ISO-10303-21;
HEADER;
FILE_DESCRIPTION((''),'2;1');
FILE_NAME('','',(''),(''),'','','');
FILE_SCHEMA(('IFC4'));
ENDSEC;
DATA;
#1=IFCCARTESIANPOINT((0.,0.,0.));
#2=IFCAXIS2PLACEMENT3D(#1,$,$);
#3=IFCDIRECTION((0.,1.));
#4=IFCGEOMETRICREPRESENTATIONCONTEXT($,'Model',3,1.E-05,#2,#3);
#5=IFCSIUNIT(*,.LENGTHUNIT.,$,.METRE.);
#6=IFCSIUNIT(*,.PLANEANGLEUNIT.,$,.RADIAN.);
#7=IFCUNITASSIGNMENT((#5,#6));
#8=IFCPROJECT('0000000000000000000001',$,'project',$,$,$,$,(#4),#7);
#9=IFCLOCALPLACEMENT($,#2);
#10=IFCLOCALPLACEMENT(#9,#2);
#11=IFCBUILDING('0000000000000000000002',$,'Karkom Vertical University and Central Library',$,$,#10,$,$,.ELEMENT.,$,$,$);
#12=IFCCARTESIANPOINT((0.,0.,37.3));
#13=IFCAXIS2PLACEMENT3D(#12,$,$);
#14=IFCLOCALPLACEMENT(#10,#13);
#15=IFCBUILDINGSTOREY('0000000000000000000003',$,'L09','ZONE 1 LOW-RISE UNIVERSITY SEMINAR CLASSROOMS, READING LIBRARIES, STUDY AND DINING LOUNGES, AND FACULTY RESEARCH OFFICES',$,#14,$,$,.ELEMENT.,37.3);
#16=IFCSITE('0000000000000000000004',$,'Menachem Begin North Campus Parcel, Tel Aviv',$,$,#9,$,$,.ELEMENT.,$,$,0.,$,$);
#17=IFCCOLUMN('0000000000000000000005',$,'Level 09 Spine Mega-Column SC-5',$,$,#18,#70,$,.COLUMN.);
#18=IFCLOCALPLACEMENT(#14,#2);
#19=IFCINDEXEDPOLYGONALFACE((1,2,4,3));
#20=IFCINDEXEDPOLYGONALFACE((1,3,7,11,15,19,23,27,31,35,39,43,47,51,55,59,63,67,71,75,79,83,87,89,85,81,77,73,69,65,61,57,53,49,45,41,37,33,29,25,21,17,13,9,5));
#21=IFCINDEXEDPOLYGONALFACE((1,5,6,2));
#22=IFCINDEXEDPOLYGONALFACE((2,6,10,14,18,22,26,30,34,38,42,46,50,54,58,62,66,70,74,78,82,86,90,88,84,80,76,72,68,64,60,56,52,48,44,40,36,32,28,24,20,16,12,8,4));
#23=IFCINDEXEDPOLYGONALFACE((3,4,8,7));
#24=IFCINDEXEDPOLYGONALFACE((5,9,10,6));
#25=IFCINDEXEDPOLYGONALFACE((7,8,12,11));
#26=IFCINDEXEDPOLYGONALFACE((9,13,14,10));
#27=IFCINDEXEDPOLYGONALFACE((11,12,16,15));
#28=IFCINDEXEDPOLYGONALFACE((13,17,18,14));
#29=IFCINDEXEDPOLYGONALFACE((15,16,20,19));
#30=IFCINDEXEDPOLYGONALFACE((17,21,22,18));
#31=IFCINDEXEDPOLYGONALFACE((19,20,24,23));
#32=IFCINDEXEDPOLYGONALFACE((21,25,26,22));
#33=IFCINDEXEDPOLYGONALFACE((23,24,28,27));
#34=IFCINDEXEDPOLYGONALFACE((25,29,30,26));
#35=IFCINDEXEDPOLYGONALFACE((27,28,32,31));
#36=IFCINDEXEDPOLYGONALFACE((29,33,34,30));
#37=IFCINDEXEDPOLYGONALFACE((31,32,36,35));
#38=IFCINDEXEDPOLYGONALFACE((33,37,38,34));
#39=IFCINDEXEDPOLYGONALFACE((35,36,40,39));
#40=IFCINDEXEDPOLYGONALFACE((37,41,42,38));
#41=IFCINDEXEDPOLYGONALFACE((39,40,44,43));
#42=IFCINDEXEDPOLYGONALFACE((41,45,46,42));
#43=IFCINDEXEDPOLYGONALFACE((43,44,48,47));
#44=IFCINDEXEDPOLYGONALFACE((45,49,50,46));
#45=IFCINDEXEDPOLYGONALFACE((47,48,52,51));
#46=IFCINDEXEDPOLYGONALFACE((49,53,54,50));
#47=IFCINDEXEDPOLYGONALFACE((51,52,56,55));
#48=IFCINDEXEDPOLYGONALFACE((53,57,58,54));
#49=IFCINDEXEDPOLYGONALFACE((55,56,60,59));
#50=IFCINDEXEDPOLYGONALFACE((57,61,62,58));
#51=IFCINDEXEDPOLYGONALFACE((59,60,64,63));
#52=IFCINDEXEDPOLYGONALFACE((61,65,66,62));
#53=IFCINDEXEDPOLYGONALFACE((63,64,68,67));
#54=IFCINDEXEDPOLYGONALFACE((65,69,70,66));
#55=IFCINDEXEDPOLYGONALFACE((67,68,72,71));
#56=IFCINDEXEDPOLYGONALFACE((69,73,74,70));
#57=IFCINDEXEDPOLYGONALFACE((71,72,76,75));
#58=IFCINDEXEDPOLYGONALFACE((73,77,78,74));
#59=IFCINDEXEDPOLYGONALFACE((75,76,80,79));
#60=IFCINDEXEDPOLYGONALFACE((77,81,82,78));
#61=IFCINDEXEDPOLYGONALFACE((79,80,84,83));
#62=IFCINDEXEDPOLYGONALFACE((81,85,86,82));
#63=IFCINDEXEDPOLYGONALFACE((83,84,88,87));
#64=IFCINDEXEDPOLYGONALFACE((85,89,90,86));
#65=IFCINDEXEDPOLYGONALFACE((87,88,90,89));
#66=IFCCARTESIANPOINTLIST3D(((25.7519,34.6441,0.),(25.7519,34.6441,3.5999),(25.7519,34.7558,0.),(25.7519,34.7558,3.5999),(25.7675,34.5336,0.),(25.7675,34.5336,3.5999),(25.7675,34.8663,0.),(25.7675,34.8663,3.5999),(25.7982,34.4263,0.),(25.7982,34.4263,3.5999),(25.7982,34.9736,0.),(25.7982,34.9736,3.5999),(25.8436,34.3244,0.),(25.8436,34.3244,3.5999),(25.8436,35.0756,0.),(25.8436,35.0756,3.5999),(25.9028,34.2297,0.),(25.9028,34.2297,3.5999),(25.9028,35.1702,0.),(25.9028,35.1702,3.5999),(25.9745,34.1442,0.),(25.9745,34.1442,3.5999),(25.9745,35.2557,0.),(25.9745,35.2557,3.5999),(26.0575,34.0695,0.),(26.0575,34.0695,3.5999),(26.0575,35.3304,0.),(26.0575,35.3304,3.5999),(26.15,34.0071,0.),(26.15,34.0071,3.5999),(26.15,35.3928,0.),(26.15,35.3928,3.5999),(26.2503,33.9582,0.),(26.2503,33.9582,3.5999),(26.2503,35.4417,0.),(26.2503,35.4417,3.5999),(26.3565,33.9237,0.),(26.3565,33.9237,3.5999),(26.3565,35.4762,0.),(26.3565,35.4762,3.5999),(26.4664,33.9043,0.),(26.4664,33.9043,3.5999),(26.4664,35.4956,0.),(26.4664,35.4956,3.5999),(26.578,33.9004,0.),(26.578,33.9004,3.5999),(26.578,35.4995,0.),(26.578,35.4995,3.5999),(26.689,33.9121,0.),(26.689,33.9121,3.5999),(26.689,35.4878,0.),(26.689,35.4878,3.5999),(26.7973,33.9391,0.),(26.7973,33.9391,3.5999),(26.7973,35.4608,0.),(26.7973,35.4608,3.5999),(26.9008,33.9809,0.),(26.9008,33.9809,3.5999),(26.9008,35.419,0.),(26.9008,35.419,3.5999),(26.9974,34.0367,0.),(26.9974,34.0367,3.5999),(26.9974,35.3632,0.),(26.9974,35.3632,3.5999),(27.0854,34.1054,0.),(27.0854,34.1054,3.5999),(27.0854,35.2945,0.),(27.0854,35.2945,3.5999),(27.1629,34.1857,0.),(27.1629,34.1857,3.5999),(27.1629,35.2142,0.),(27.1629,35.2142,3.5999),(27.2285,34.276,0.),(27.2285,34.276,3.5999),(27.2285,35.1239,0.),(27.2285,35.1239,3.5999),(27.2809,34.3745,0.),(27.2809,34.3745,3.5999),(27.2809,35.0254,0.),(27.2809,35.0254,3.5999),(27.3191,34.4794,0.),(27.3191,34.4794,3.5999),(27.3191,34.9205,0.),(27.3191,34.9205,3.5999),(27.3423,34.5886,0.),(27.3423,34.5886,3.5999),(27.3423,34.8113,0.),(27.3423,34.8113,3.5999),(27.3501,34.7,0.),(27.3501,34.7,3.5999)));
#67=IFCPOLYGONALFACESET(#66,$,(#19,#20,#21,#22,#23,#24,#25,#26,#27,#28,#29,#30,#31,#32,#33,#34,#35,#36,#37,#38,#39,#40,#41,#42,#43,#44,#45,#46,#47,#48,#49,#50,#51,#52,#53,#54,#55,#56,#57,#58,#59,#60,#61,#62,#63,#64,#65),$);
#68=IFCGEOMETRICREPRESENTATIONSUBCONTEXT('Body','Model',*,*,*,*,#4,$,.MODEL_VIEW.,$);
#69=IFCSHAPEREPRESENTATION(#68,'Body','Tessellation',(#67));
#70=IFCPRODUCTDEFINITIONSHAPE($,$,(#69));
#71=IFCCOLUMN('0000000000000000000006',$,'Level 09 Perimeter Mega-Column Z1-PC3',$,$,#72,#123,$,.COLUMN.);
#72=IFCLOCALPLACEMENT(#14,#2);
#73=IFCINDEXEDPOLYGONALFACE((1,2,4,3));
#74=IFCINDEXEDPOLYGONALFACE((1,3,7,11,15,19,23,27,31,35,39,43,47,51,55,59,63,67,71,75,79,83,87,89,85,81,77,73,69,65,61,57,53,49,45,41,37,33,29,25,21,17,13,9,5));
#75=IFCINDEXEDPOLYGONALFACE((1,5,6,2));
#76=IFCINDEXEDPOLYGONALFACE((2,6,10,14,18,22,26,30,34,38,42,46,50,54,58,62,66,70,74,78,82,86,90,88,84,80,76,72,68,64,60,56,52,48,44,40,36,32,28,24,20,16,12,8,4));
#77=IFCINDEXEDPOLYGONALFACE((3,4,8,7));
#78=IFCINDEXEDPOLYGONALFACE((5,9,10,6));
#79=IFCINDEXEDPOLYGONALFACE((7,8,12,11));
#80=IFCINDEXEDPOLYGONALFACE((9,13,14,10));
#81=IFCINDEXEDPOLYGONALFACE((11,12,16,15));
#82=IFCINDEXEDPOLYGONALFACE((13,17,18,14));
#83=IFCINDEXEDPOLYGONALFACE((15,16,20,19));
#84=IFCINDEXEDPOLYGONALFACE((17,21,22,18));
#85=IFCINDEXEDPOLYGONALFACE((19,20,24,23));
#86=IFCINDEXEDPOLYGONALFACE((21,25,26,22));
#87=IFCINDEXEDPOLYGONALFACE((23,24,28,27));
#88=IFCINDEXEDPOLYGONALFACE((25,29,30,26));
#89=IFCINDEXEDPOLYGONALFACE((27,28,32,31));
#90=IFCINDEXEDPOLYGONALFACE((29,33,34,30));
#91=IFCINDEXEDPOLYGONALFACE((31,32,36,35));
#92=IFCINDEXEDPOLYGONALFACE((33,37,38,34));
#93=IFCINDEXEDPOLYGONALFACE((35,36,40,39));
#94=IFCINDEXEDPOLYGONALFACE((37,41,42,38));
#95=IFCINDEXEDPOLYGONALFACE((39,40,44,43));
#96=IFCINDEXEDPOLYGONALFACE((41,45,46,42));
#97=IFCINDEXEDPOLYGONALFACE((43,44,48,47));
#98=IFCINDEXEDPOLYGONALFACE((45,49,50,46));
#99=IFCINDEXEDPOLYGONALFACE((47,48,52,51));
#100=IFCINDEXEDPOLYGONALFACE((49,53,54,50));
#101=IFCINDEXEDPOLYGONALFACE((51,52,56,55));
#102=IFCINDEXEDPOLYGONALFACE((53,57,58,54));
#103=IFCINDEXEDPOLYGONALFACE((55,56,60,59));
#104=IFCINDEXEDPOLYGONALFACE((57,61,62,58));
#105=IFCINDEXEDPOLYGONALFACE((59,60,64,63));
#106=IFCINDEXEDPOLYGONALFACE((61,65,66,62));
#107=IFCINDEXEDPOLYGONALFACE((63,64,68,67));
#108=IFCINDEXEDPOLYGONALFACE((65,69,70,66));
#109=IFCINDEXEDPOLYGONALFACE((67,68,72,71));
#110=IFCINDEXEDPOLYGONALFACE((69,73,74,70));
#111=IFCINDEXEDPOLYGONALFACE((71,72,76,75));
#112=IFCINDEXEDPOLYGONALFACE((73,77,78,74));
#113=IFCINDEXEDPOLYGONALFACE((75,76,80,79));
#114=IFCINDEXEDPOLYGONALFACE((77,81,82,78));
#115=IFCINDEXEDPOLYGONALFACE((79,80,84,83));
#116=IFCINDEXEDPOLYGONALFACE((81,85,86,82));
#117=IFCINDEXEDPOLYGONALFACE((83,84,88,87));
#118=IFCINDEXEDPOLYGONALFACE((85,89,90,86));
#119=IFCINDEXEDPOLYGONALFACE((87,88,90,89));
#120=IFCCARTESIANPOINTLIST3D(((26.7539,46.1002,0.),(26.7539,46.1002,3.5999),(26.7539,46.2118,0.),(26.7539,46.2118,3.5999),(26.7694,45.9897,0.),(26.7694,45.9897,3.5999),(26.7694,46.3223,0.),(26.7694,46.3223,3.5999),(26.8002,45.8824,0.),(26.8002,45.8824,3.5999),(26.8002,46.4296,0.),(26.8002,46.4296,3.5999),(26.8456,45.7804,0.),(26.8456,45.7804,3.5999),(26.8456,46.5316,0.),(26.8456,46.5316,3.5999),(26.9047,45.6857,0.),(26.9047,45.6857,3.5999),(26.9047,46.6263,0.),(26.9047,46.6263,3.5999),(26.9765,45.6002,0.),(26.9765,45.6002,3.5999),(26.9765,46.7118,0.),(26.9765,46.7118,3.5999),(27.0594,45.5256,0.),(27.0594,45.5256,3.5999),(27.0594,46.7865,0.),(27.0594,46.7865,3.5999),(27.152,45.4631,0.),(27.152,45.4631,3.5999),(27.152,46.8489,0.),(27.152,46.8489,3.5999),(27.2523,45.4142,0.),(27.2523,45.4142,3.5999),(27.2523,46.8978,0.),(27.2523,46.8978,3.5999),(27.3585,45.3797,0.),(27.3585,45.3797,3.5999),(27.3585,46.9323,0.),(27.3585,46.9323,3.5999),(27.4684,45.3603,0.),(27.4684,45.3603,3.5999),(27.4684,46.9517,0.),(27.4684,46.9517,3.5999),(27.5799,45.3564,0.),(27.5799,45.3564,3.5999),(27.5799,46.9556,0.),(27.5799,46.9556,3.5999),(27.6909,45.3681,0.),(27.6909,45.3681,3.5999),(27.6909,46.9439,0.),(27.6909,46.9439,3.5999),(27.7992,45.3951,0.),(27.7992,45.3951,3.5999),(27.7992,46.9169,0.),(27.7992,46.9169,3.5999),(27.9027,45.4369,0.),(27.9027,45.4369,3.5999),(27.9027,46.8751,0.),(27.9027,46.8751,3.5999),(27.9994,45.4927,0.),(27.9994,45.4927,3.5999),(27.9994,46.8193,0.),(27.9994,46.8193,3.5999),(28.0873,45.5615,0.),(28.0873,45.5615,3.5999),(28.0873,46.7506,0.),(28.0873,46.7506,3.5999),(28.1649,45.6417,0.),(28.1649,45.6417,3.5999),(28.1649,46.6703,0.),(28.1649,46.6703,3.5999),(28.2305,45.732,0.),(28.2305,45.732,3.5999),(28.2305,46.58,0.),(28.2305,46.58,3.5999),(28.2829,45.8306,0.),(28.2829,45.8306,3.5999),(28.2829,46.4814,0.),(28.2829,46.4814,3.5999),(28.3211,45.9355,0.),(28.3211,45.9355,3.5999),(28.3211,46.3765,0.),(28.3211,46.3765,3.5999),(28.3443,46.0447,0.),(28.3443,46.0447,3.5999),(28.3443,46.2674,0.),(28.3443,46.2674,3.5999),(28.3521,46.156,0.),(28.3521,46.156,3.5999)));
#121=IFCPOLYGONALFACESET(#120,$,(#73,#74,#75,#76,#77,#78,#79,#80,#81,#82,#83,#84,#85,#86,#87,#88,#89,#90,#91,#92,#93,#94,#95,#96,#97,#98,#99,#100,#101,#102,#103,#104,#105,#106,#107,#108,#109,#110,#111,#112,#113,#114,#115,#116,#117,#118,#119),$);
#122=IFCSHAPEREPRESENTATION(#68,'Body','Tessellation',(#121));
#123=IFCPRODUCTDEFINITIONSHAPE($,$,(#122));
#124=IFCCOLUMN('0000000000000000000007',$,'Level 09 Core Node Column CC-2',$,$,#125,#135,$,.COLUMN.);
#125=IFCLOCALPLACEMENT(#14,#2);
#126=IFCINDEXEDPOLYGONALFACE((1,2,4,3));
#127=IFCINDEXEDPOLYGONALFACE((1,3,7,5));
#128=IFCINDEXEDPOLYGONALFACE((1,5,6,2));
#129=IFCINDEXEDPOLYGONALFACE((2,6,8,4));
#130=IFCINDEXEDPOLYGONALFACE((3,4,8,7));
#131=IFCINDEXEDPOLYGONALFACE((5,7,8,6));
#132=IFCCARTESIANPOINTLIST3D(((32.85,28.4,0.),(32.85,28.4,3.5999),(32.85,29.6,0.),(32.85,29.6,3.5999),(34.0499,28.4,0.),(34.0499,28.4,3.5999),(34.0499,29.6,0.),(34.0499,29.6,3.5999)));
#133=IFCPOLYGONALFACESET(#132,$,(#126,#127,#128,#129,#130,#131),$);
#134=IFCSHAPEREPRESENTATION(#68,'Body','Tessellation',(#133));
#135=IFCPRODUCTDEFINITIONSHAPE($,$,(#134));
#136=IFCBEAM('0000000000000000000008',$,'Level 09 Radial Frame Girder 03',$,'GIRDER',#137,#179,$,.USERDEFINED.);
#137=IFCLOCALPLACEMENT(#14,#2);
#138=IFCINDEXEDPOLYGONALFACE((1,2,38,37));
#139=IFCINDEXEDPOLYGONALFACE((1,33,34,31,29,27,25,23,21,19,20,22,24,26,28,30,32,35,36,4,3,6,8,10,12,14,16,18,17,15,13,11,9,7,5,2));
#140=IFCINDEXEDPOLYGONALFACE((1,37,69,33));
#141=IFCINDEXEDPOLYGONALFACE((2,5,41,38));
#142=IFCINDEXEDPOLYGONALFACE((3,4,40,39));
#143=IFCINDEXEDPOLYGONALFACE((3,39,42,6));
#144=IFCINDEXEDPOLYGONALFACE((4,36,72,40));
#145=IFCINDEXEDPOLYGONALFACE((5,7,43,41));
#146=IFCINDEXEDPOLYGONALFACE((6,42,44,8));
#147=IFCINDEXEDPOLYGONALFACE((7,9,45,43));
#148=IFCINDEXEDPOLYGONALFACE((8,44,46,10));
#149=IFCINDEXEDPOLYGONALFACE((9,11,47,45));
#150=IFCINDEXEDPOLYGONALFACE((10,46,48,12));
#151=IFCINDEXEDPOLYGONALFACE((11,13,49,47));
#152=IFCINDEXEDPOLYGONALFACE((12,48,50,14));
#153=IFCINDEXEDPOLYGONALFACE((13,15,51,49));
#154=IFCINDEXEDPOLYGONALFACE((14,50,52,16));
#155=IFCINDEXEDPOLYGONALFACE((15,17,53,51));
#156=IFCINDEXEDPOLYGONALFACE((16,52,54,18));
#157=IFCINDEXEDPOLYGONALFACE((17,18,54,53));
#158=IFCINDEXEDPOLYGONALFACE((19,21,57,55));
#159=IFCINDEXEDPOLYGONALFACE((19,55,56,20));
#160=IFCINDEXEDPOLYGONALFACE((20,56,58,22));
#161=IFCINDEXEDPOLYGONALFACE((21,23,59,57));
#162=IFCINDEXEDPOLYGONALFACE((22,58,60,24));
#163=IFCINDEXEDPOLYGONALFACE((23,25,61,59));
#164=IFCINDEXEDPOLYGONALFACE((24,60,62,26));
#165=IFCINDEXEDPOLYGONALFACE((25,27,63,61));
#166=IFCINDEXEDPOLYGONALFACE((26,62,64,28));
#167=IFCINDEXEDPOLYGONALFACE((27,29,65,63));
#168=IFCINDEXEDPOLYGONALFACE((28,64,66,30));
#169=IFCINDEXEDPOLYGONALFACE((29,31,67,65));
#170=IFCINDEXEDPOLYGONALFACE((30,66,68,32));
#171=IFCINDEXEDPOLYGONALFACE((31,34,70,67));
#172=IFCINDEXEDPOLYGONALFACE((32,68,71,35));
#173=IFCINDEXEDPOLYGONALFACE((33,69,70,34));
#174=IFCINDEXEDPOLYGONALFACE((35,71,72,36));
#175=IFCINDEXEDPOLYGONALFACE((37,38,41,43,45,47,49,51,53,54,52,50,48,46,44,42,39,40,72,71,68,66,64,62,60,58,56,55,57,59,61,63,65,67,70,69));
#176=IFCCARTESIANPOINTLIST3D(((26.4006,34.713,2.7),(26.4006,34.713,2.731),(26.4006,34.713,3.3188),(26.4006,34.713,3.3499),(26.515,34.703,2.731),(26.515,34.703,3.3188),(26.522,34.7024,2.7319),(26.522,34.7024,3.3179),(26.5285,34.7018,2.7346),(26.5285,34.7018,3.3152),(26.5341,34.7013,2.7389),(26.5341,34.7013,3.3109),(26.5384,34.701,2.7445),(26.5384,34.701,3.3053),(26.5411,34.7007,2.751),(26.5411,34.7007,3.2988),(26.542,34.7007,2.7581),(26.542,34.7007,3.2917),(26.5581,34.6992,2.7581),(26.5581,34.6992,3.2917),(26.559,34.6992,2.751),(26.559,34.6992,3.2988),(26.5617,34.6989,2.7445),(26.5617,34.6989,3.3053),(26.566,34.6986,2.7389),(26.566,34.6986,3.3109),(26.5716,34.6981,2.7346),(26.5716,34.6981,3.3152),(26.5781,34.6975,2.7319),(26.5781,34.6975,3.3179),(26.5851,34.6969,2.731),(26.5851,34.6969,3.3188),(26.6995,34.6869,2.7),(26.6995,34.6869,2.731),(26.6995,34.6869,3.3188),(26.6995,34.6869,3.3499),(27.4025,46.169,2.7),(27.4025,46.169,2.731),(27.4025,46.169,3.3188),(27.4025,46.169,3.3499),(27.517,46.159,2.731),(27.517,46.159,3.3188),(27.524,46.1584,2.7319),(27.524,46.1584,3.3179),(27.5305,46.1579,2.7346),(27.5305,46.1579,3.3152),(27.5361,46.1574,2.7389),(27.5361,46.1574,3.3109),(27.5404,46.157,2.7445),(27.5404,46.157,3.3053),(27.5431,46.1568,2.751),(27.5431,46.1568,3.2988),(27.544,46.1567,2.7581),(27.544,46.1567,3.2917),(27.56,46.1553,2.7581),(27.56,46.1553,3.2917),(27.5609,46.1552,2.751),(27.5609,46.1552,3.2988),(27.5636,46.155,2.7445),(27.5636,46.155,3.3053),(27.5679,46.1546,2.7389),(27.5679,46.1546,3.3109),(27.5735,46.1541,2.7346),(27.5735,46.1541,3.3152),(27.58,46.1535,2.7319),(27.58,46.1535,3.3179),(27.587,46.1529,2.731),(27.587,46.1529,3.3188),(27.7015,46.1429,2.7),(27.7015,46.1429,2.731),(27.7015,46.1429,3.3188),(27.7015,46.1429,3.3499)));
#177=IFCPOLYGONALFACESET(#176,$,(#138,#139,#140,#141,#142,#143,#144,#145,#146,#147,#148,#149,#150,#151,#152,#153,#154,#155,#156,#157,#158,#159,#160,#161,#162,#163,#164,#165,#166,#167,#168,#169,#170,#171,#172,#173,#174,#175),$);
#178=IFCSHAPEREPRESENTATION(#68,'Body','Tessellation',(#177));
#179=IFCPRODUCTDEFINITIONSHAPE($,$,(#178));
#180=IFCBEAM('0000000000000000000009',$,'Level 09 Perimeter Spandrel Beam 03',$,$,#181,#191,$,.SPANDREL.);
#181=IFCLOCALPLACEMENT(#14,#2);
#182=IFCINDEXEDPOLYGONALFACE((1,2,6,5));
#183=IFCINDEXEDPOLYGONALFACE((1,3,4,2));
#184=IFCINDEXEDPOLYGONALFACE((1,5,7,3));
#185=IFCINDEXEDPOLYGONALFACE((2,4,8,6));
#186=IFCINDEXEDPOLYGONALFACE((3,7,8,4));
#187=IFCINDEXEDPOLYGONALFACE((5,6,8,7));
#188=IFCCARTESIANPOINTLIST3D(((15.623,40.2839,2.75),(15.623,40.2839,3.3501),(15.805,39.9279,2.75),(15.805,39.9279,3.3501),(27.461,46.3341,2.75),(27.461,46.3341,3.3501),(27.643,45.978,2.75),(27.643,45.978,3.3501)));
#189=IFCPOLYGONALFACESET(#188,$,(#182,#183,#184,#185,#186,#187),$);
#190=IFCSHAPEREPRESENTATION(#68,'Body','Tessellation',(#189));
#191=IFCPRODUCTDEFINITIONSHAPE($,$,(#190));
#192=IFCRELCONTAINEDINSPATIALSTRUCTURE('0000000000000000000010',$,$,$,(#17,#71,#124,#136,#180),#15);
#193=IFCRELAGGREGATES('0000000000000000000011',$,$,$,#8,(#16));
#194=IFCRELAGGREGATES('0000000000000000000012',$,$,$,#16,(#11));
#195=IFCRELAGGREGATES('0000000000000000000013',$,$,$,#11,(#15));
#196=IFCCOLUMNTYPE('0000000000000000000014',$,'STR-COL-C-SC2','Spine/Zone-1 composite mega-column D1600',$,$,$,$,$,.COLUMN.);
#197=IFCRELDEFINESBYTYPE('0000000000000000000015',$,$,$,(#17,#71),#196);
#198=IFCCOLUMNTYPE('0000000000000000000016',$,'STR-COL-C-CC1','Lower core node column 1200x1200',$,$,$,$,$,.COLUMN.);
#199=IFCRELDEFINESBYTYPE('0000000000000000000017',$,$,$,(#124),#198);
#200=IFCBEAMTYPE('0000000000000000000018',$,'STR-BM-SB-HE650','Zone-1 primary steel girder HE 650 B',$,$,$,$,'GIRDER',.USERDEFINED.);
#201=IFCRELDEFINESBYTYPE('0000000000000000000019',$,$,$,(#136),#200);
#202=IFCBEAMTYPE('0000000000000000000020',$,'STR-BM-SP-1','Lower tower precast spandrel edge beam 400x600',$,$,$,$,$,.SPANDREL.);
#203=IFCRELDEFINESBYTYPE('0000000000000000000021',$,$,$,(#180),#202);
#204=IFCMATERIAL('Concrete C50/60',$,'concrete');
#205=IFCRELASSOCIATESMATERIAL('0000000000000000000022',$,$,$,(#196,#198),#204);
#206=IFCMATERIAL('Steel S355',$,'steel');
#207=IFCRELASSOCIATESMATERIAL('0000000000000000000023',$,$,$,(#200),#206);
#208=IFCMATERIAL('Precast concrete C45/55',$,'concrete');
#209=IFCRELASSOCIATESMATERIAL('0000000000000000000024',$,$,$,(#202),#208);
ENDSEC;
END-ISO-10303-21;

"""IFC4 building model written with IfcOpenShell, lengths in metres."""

from ifc_helpers import new_model, si_unit, direction, frame, origin, origin_with_axes, origin_2d, place, context, subcontext, project, spatial, rectangle, circle, i_section, extrude, source, transform, mapped, material, material_profile, profile_set, type_object, element, save


model = new_model("IFC4")

# Units and contexts
model_context = context("Model", 3, precision=1e-05, world=origin(), true_north=direction((0.0, 1.0)))
body_context = subcontext(model_context, "Body", "Model", "MODEL_VIEW")
ifc_project = project(units=[si_unit("LENGTHUNIT", "METRE"), si_unit("PLANEANGLEUNIT", "RADIAN")], contexts=[model_context])

# Site, building, storey
site_placement = place(None, origin())
site = spatial("IfcSite", under=ifc_project, at=site_placement, Name="Menachem Begin North Campus Parcel, Tel Aviv", CompositionType="ELEMENT", RefElevation=0.0)
building_placement = place(site_placement, origin())
building = spatial("IfcBuilding", under=site, at=building_placement, Name="Karkom Vertical University and Central Library", CompositionType="ELEMENT")
storey_placement = place(building_placement, frame((0.0, 0.0, 37.3)))
storey = spatial("IfcBuildingStorey", under=building, at=storey_placement, Name="L09", Description="ZONE 1 LOW-RISE UNIVERSITY SEMINAR CLASSROOMS, READING LIBRARIES, STUDY AND DINING LOUNGES, AND FACULTY RESEARCH OFFICES", CompositionType="ELEMENT", Elevation=37.3)

# Columns
ifc_material_1 = material(Name="Concrete C50/60", Category="concrete")
ifc_material_profile_1 = material_profile(ifc_material_1, circle(Radius=0.8, at=origin_2d()), Name="CFT-D1600")
ifc_profile_set_1 = profile_set([ifc_material_profile_1], Name="Concrete C50/60")
column_type_1 = type_object("IfcColumnType", Name="STR-COL-C-SC2", Description="Spine/Zone-1 composite mega-column D1600", PredefinedType="COLUMN", material=ifc_profile_set_1)
shared_shape_1 = source(origin_with_axes(), body_context, "Body", "SweptSolid", [
    extrude(circle(Radius=0.8, at=origin_2d()), origin(), (0.0, 0.0, 1.0), 3.5999),
])
for number, where, z_axis, x_axis, name in (
    (1, (26.55, 34.7, 0.0), (0.0, 0.0, 1.0), (1.0, 0.0, 0.0), "Level 09 Spine Mega-Column SC-5"),
    (2, (27.552, 46.156, 0.0), (0.0, 0.0, 1.0), (1.0, 0.0, 0.0), "Level 09 Perimeter Mega-Column Z1-PC3"),
):
    element("IfcColumn", number, at=place(storey_placement, frame(where, z_axis=z_axis, x_axis=x_axis)), inside=storey, type_object=column_type_1, Name=name, PredefinedType="COLUMN", context=body_context, shape_type="MappedRepresentation", body=[
        mapped(shared_shape_1, transform((0.0, 0.0, 0.0), scale=1.0)),
    ])
ifc_material_profile_2 = material_profile(ifc_material_1, rectangle(XDim=1.2, YDim=1.2, at=origin_2d()), Name="RC-1200x1200")
ifc_profile_set_2 = profile_set([ifc_material_profile_2], Name="Concrete C50/60")
column_type_2 = type_object("IfcColumnType", Name="STR-COL-C-CC1", Description="Lower core node column 1200x1200", PredefinedType="COLUMN", material=ifc_profile_set_2)
shared_shape_2 = source(origin_with_axes(), body_context, "Body", "SweptSolid", [
    extrude(rectangle(XDim=1.2, YDim=1.2, at=origin_2d()), origin(), (0.0, 0.0, 1.0), 3.5999),
])
column_placement = place(storey_placement, frame((33.45, 29.0, 0.0), z_axis=(0.0, 0.0, 1.0), x_axis=(1.0, 0.0, 0.0)))
element("IfcColumn", 3, at=column_placement, inside=storey, type_object=column_type_2, Name="Level 09 Core Node Column CC-2", PredefinedType="COLUMN", context=body_context, shape_type="MappedRepresentation", body=[
    mapped(shared_shape_2, transform((0.0, 0.0, 0.0), scale=1.0)),
])

# Beams
ifc_material_2 = material(Name="Steel S355", Category="steel")
ifc_material_profile_3 = material_profile(ifc_material_2, i_section(OverallWidth=0.3, OverallDepth=0.6499, WebThickness=0.0161, FlangeThickness=0.031, FilletRadius=0.0271, at=origin_2d()), Name="HE 650 B")
ifc_profile_set_3 = profile_set([ifc_material_profile_3], Name="Steel S355")
beam_type_1 = type_object("IfcBeamType", Name="STR-BM-SB-HE650", Description="Zone-1 primary steel girder HE 650 B", ElementType="GIRDER", PredefinedType="USERDEFINED", material=ifc_profile_set_3)
shared_shape_3 = source(origin_with_axes(), body_context, "Body", "SweptSolid", [
    extrude(i_section(OverallWidth=0.3, OverallDepth=0.6499, WebThickness=0.0161, FlangeThickness=0.031, FilletRadius=0.0271, at=origin_2d()), origin(), (0.0, 0.0, 1.0), 11.4998),
])
beam_1_placement = place(storey_placement, frame((26.55, 34.7, 3.0249), z_axis=(0.087128, 0.996197, 0.0), x_axis=(-0.996197, 0.087128, 0.0)))
element("IfcBeam", 4, at=beam_1_placement, inside=storey, type_object=beam_type_1, Name="Level 09 Radial Frame Girder 03", ObjectType="GIRDER", PredefinedType="USERDEFINED", context=body_context, shape_type="MappedRepresentation", body=[
    mapped(shared_shape_3, transform((0.0, 0.0, 0.0), scale=1.0)),
])
ifc_material_3 = material(Name="Precast concrete C45/55", Category="concrete")
ifc_material_profile_4 = material_profile(ifc_material_3, rectangle(XDim=0.3999, YDim=0.6001, at=origin_2d()), Name="SPB-400x600")
ifc_profile_set_4 = profile_set([ifc_material_profile_4], Name="Precast concrete C45/55")
beam_type_2 = type_object("IfcBeamType", Name="STR-BM-SP-1", Description="Lower tower precast spandrel edge beam 400x600", PredefinedType="SPANDREL", material=ifc_profile_set_4)
shared_shape_4 = source(origin_with_axes(), body_context, "Body", "SweptSolid", [
    extrude(rectangle(XDim=0.3999, YDim=0.6001, at=origin_2d()), origin(), (0.0, 0.0, 1.0), 13.2944),
])
beam_2_placement = place(storey_placement, frame((27.552, 46.156, 3.05), z_axis=(-0.890448, -0.455085, 0.0), x_axis=(0.455085, -0.890448, 0.0)))
element("IfcBeam", 5, at=beam_2_placement, inside=storey, type_object=beam_type_2, Name="Level 09 Perimeter Spandrel Beam 03", PredefinedType="SPANDREL", context=body_context, shape_type="MappedRepresentation", body=[
    mapped(shared_shape_4, transform((0.0, 0.0, 0.0), scale=1.0)),
])

save(model, "model.ifc")
